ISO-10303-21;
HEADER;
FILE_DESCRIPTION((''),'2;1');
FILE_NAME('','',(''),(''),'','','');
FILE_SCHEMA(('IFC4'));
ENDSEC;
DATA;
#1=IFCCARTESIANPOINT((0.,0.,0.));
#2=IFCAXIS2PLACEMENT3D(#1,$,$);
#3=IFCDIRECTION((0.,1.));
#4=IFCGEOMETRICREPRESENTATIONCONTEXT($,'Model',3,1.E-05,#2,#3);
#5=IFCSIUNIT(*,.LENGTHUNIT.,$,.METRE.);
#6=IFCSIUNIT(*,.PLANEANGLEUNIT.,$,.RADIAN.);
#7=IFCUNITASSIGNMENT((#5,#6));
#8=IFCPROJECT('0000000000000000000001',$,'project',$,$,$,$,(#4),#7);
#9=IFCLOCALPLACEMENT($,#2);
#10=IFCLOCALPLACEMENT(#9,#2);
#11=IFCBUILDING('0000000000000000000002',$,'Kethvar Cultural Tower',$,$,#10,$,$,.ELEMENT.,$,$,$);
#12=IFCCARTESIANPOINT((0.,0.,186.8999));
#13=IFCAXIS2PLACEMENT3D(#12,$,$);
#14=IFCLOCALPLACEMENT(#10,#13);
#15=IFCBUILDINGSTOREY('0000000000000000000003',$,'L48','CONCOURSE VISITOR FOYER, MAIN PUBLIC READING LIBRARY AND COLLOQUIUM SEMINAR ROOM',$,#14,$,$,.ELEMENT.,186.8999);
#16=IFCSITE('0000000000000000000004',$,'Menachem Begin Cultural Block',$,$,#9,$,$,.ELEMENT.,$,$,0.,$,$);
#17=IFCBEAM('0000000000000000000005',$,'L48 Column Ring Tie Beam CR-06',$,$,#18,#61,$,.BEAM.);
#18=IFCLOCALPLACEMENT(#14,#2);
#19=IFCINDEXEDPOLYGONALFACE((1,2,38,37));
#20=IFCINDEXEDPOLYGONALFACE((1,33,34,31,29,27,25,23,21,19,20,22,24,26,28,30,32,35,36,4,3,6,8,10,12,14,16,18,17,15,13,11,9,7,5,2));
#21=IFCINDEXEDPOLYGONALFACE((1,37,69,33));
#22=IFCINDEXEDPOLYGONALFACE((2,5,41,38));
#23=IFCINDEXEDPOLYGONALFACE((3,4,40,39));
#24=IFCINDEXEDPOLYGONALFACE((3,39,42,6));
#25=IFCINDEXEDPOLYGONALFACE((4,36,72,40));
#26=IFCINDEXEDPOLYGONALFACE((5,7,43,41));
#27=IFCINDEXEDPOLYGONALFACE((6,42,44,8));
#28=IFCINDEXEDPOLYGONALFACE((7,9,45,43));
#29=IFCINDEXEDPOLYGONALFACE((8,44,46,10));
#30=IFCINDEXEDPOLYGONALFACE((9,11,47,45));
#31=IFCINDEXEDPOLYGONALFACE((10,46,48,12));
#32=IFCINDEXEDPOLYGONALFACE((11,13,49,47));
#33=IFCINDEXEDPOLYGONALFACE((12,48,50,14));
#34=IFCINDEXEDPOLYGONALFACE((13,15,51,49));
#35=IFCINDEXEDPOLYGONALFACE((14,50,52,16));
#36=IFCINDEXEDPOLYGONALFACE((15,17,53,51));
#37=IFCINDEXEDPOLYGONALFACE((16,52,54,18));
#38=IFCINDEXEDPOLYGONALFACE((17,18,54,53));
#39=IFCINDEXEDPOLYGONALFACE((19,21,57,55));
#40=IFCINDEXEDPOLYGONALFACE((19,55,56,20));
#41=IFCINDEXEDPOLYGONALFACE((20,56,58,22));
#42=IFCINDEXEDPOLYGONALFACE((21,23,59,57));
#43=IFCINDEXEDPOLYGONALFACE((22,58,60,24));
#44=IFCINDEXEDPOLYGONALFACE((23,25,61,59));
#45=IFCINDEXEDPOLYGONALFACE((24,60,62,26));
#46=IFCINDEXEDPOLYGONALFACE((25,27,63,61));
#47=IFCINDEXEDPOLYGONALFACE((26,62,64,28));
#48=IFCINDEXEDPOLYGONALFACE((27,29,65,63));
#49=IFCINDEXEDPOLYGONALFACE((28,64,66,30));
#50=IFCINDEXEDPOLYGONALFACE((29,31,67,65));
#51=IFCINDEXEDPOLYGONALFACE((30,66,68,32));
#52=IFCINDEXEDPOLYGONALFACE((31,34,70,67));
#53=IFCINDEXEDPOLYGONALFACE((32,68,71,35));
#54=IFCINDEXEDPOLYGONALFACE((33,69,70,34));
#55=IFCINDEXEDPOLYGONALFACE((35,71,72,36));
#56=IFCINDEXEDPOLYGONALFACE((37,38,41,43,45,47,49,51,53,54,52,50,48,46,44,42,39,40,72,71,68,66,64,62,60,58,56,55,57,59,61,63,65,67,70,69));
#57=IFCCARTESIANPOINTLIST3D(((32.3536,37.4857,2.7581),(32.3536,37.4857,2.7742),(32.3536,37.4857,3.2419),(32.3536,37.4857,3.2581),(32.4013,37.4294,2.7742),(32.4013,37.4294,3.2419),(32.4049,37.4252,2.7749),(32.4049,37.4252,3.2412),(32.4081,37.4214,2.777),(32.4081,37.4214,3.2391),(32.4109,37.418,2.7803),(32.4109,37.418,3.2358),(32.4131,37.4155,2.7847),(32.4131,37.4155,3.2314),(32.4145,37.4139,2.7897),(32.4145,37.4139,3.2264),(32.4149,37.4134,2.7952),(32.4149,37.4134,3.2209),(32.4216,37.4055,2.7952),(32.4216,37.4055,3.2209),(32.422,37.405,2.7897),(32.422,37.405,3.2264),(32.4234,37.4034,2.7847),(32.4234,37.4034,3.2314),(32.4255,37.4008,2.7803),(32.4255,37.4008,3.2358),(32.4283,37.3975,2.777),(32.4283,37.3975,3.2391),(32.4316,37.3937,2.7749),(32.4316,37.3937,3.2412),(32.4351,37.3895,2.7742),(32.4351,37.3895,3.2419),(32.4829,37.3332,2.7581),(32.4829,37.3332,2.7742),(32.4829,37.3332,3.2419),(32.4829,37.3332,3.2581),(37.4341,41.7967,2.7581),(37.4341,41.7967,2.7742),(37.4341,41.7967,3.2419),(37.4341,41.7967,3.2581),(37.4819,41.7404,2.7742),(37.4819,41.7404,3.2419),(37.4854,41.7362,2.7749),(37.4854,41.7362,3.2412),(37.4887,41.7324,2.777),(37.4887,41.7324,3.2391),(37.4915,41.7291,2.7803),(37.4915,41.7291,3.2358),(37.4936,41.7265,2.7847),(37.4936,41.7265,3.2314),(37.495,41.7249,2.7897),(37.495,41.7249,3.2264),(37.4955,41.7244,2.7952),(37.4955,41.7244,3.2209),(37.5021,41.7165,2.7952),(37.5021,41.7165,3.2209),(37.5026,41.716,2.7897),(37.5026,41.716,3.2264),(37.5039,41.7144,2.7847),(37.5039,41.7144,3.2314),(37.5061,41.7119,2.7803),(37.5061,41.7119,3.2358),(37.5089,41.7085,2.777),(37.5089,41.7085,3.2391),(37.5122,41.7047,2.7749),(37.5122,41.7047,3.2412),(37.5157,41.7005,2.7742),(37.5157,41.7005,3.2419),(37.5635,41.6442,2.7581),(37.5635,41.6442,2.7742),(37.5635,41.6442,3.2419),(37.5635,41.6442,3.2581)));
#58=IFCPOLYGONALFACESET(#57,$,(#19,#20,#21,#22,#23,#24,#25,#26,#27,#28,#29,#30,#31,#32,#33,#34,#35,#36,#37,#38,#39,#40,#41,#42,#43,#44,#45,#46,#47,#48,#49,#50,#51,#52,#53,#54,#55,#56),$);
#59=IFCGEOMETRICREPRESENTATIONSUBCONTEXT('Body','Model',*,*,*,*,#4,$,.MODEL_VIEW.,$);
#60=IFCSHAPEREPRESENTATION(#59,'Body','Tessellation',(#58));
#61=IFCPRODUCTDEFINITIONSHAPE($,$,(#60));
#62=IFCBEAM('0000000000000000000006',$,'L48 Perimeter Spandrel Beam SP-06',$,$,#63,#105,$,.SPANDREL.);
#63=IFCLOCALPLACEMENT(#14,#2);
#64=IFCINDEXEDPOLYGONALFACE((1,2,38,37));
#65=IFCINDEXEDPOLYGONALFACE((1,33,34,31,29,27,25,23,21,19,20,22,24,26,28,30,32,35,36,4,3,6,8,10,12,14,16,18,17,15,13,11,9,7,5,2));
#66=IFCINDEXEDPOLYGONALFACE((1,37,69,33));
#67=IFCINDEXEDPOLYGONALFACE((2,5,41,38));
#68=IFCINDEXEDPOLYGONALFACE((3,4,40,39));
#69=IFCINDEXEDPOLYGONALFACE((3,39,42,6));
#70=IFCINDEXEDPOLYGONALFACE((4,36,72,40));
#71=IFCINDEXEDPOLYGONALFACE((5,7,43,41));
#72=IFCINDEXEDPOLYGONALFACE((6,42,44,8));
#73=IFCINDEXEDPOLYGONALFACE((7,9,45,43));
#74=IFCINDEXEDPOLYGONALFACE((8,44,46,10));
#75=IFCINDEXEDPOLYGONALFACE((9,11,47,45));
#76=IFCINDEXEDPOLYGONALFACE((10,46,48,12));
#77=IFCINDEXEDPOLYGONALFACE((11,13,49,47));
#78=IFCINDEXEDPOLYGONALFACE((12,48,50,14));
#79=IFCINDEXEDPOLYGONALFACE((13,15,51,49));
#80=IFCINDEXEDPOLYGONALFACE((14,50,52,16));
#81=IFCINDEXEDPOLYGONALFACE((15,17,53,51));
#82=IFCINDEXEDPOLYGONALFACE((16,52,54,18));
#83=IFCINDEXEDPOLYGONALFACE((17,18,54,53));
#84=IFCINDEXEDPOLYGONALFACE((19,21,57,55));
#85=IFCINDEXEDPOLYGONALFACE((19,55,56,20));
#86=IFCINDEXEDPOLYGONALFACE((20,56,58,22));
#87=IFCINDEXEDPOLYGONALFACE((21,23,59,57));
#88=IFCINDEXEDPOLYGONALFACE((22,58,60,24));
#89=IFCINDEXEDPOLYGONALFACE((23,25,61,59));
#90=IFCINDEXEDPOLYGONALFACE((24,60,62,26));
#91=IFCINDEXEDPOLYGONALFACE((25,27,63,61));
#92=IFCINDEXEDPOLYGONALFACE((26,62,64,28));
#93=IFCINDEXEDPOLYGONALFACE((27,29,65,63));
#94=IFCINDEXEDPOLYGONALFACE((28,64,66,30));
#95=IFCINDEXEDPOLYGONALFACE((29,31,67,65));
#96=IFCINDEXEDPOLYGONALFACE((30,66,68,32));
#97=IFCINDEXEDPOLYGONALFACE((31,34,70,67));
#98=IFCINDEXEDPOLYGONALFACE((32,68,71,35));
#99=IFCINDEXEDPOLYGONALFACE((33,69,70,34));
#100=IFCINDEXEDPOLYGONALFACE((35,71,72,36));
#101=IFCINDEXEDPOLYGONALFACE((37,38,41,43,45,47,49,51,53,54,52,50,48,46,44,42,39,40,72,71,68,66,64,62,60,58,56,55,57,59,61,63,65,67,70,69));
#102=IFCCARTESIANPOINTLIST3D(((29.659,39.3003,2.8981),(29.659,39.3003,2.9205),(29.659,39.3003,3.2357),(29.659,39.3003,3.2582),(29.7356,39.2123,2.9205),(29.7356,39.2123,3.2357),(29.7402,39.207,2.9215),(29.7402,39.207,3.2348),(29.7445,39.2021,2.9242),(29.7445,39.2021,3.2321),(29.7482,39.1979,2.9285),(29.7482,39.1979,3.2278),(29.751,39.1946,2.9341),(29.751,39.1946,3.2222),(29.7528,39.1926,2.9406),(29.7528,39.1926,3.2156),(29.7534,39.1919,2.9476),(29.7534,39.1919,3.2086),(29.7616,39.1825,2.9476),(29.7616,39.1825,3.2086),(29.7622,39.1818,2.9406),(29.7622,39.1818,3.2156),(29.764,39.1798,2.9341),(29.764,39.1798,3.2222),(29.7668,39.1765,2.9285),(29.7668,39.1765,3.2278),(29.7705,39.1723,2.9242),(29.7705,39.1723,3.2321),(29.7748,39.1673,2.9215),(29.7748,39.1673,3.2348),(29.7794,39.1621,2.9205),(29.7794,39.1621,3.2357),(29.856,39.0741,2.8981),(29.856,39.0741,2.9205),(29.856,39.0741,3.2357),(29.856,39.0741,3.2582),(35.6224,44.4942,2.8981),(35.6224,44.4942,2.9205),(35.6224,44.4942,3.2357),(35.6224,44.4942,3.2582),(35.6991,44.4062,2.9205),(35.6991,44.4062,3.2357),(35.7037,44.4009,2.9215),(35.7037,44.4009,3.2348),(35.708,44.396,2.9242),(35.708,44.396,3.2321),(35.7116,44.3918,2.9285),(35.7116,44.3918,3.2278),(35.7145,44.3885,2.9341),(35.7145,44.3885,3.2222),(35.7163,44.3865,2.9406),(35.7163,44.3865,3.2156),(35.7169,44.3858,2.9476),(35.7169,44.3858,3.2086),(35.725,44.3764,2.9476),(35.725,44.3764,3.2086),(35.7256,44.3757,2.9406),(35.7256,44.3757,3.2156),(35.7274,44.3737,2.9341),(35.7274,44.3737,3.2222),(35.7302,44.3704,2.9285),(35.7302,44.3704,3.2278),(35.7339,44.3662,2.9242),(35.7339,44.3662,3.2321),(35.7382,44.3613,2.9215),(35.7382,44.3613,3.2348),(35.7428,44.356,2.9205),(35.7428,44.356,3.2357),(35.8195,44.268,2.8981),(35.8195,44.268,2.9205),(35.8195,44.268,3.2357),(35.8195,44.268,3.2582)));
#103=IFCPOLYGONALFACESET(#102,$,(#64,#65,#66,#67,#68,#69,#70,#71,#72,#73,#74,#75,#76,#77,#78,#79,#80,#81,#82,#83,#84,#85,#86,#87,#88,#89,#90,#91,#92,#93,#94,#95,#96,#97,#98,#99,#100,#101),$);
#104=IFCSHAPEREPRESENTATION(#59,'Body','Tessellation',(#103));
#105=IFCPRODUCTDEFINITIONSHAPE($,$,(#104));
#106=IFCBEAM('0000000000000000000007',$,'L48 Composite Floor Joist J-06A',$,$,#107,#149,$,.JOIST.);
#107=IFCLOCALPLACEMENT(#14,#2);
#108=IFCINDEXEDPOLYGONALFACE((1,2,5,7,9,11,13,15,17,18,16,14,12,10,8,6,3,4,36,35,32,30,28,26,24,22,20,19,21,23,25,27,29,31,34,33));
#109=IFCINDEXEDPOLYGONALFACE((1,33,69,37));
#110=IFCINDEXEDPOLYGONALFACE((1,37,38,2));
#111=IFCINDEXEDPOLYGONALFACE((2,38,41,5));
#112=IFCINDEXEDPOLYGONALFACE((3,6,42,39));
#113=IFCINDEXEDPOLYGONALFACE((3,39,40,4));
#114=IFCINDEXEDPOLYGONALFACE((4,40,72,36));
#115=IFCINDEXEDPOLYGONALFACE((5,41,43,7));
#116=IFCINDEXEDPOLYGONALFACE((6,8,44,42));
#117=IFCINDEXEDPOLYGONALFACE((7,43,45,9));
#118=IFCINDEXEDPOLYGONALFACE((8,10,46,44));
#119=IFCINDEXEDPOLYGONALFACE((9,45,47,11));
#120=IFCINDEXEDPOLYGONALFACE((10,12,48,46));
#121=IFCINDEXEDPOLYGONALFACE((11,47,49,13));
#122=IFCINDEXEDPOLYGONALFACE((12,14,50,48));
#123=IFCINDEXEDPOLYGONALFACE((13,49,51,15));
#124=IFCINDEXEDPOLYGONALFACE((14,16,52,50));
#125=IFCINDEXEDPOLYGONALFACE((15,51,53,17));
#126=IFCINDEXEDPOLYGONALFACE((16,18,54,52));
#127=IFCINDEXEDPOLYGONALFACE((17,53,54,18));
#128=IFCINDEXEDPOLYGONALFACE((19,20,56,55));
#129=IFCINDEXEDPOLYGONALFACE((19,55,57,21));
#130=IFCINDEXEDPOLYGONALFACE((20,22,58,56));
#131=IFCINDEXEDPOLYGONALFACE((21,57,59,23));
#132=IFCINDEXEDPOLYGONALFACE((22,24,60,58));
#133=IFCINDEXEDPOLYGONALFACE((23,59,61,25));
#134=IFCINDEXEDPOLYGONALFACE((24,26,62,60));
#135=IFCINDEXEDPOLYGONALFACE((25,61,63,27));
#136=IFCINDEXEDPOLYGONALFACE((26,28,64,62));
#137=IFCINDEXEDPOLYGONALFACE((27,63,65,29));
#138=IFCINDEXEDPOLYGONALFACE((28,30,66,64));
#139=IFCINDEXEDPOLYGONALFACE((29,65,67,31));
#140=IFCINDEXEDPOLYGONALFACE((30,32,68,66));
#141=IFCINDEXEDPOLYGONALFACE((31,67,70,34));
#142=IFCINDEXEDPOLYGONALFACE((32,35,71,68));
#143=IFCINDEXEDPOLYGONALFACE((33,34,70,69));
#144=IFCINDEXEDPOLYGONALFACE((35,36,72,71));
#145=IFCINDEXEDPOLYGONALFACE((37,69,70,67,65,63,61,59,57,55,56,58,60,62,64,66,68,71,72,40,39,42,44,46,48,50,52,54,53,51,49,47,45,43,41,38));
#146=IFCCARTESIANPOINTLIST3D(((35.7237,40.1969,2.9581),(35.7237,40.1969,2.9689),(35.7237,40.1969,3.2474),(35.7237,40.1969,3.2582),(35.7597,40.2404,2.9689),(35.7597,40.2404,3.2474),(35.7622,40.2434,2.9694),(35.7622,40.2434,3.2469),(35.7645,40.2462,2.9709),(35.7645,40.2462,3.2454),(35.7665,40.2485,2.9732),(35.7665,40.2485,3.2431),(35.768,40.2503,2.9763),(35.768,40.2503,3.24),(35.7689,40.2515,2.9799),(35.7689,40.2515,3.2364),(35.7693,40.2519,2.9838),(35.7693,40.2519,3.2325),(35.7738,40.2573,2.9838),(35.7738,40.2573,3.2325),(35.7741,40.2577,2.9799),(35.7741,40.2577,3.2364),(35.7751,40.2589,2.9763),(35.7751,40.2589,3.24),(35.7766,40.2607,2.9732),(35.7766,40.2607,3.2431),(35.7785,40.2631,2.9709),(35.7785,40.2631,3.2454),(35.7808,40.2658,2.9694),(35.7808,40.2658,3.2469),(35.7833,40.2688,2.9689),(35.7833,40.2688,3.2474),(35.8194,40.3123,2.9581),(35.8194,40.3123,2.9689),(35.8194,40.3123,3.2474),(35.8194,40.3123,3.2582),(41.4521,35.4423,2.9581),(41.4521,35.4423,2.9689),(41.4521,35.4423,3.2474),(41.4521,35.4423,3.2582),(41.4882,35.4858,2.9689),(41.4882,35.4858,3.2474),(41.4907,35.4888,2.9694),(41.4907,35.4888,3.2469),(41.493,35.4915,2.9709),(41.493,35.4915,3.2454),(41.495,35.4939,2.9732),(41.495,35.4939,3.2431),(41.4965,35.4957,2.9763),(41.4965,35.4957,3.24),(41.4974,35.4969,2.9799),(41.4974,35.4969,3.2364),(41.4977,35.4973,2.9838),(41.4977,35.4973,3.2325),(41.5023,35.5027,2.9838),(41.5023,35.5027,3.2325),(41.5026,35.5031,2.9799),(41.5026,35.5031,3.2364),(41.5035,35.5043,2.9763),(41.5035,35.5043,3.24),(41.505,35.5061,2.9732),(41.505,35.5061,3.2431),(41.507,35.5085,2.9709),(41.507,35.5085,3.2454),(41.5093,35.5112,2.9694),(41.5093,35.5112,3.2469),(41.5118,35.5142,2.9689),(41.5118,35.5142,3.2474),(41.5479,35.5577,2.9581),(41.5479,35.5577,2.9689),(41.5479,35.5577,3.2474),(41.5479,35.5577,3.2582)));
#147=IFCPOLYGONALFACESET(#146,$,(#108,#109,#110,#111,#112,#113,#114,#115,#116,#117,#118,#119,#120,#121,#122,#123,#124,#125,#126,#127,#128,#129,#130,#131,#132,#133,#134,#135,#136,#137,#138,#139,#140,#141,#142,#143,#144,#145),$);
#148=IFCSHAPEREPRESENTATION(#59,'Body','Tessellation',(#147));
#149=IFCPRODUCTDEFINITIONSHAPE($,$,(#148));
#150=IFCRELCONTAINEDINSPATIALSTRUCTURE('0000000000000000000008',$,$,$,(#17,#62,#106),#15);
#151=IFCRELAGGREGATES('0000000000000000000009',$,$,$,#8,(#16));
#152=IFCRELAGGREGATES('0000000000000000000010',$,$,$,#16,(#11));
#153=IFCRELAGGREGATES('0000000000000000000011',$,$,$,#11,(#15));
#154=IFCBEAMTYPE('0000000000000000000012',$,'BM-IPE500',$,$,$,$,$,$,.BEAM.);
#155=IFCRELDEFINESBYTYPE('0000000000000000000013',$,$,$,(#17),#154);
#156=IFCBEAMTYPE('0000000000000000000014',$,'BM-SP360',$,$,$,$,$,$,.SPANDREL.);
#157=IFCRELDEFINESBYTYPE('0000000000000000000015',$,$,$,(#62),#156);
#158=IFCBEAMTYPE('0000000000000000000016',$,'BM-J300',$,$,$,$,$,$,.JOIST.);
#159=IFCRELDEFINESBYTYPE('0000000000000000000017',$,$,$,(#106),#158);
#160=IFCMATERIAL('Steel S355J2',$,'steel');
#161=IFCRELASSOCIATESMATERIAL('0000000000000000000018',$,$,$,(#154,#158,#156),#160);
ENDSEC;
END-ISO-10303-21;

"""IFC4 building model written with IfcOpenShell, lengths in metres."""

from ifc_helpers import new_model, si_unit, direction, frame, origin, origin_2d, place, context, subcontext, project, spatial, i_section, extrude, source, transform, mapped, material, material_profile, profile_set, type_object, element, save


model = new_model("IFC4")

# Units and contexts
model_context = context("Model", 3, precision=1e-05, world=origin(), true_north=direction((0.0, 1.0)))
body_context = subcontext(model_context, "Body", "Model", "MODEL_VIEW")
ifc_project = project(units=[si_unit("LENGTHUNIT", "METRE"), si_unit("PLANEANGLEUNIT", "RADIAN")], contexts=[model_context])

# Site, building, storey
site_placement = place(None, origin())
site = spatial("IfcSite", under=ifc_project, at=site_placement, Name="Menachem Begin Cultural Block", CompositionType="ELEMENT", RefElevation=0.0)
building_placement = place(site_placement, origin())
building = spatial("IfcBuilding", under=site, at=building_placement, Name="Kethvar Cultural Tower", CompositionType="ELEMENT")
storey_placement = place(building_placement, frame((0.0, 0.0, 186.8999)))
storey = spatial("IfcBuildingStorey", under=building, at=storey_placement, Name="L48", Description="CONCOURSE VISITOR FOYER, MAIN PUBLIC READING LIBRARY AND COLLOQUIUM SEMINAR ROOM", CompositionType="ELEMENT", Elevation=186.8999)

# Beams
ifc_material_1 = material(Name="Steel S355J2", Category="steel")
ifc_material_profile_1 = material_profile(ifc_material_1, i_section(OverallWidth=0.2, OverallDepth=0.5, WebThickness=0.0103, FlangeThickness=0.0161, FilletRadius=0.021, at=origin_2d()), Name="Steel S355J2 — IPE500")
ifc_profile_set_1 = profile_set([ifc_material_profile_1], Name="Steel S355J2 — IPE500")
beam_type_1 = type_object("IfcBeamType", Name="BM-IPE500", PredefinedType="BEAM", material=ifc_profile_set_1)
ifc_material_profile_2 = material_profile(ifc_material_1, i_section(OverallWidth=0.1499, OverallDepth=0.3, WebThickness=0.0071, FlangeThickness=0.0107, FilletRadius=0.0149, at=origin_2d()), Name="Steel S355J2 — IPE300")
ifc_profile_set_2 = profile_set([ifc_material_profile_2], Name="Steel S355J2 — IPE300")
beam_type_2 = type_object("IfcBeamType", Name="BM-J300", PredefinedType="JOIST", material=ifc_profile_set_2)
ifc_material_profile_3 = material_profile(ifc_material_1, i_section(OverallWidth=0.3, OverallDepth=0.3601, WebThickness=0.0125, FlangeThickness=0.0225, FilletRadius=0.0271, at=origin_2d()), Name="Steel S355J2 — HEB360")
ifc_profile_set_3 = profile_set([ifc_material_profile_3], Name="Steel S355J2 — HEB360")
beam_type_3 = type_object("IfcBeamType", Name="BM-SP360", PredefinedType="SPANDREL", material=ifc_profile_set_3)
shared_shape_1 = source(origin(), body_context, "Body", "SweptSolid", [
    extrude(i_section(OverallWidth=0.2, OverallDepth=0.5, WebThickness=0.0103, FlangeThickness=0.0161, FilletRadius=0.021, at=origin_2d()), origin(), (0.0, 0.0, 1.0), 6.6631),
])
beam_1_placement = place(storey_placement, frame((37.4988, 41.7205, 3.0081), z_axis=(-0.762491, -0.646999, 0.0), x_axis=(0.646999, -0.762491, 0.0)))
element("IfcBeam", 1, at=beam_1_placement, inside=storey, type_object=beam_type_1, Name="L48 Column Ring Tie Beam CR-06", PredefinedType="BEAM", context=body_context, shape_type="MappedRepresentation", body=[
    mapped(shared_shape_1, transform((0.0, 0.0, 0.0), scale=1.0)),
])
shared_shape_2 = source(origin(), body_context, "Body", "SweptSolid", [
    extrude(i_section(OverallWidth=0.3, OverallDepth=0.3601, WebThickness=0.0125, FlangeThickness=0.0225, FilletRadius=0.0271, at=origin_2d()), origin(), (0.0, 0.0, 1.0), 7.9082),
])
beam_2_placement = place(storey_placement, frame((35.7209, 44.3811, 3.0781), z_axis=(-0.754086, -0.656776, 0.0), x_axis=(0.656776, -0.754086, 0.0)))
element("IfcBeam", 2, at=beam_2_placement, inside=storey, type_object=beam_type_3, Name="L48 Perimeter Spandrel Beam SP-06", PredefinedType="SPANDREL", context=body_context, shape_type="MappedRepresentation", body=[
    mapped(shared_shape_2, transform((0.0, 0.0, 0.0), scale=1.0)),
])
shared_shape_3 = source(origin(), body_context, "Body", "SweptSolid", [
    extrude(i_section(OverallWidth=0.1499, OverallDepth=0.3, WebThickness=0.0071, FlangeThickness=0.0107, FilletRadius=0.0149, at=origin_2d()), origin(), (0.0, 0.0, 1.0), 7.4446),
])
beam_3_placement = place(storey_placement, frame((41.5, 35.5, 3.1082), z_axis=(-0.769483, 0.638667, 0.0), x_axis=(-0.638667, -0.769483, 0.0)))
element("IfcBeam", 3, at=beam_3_placement, inside=storey, type_object=beam_type_2, Name="L48 Composite Floor Joist J-06A", PredefinedType="JOIST", context=body_context, shape_type="MappedRepresentation", body=[
    mapped(shared_shape_3, transform((0.0, 0.0, 0.0), scale=1.0)),
])

save(model, "model.ifc")
